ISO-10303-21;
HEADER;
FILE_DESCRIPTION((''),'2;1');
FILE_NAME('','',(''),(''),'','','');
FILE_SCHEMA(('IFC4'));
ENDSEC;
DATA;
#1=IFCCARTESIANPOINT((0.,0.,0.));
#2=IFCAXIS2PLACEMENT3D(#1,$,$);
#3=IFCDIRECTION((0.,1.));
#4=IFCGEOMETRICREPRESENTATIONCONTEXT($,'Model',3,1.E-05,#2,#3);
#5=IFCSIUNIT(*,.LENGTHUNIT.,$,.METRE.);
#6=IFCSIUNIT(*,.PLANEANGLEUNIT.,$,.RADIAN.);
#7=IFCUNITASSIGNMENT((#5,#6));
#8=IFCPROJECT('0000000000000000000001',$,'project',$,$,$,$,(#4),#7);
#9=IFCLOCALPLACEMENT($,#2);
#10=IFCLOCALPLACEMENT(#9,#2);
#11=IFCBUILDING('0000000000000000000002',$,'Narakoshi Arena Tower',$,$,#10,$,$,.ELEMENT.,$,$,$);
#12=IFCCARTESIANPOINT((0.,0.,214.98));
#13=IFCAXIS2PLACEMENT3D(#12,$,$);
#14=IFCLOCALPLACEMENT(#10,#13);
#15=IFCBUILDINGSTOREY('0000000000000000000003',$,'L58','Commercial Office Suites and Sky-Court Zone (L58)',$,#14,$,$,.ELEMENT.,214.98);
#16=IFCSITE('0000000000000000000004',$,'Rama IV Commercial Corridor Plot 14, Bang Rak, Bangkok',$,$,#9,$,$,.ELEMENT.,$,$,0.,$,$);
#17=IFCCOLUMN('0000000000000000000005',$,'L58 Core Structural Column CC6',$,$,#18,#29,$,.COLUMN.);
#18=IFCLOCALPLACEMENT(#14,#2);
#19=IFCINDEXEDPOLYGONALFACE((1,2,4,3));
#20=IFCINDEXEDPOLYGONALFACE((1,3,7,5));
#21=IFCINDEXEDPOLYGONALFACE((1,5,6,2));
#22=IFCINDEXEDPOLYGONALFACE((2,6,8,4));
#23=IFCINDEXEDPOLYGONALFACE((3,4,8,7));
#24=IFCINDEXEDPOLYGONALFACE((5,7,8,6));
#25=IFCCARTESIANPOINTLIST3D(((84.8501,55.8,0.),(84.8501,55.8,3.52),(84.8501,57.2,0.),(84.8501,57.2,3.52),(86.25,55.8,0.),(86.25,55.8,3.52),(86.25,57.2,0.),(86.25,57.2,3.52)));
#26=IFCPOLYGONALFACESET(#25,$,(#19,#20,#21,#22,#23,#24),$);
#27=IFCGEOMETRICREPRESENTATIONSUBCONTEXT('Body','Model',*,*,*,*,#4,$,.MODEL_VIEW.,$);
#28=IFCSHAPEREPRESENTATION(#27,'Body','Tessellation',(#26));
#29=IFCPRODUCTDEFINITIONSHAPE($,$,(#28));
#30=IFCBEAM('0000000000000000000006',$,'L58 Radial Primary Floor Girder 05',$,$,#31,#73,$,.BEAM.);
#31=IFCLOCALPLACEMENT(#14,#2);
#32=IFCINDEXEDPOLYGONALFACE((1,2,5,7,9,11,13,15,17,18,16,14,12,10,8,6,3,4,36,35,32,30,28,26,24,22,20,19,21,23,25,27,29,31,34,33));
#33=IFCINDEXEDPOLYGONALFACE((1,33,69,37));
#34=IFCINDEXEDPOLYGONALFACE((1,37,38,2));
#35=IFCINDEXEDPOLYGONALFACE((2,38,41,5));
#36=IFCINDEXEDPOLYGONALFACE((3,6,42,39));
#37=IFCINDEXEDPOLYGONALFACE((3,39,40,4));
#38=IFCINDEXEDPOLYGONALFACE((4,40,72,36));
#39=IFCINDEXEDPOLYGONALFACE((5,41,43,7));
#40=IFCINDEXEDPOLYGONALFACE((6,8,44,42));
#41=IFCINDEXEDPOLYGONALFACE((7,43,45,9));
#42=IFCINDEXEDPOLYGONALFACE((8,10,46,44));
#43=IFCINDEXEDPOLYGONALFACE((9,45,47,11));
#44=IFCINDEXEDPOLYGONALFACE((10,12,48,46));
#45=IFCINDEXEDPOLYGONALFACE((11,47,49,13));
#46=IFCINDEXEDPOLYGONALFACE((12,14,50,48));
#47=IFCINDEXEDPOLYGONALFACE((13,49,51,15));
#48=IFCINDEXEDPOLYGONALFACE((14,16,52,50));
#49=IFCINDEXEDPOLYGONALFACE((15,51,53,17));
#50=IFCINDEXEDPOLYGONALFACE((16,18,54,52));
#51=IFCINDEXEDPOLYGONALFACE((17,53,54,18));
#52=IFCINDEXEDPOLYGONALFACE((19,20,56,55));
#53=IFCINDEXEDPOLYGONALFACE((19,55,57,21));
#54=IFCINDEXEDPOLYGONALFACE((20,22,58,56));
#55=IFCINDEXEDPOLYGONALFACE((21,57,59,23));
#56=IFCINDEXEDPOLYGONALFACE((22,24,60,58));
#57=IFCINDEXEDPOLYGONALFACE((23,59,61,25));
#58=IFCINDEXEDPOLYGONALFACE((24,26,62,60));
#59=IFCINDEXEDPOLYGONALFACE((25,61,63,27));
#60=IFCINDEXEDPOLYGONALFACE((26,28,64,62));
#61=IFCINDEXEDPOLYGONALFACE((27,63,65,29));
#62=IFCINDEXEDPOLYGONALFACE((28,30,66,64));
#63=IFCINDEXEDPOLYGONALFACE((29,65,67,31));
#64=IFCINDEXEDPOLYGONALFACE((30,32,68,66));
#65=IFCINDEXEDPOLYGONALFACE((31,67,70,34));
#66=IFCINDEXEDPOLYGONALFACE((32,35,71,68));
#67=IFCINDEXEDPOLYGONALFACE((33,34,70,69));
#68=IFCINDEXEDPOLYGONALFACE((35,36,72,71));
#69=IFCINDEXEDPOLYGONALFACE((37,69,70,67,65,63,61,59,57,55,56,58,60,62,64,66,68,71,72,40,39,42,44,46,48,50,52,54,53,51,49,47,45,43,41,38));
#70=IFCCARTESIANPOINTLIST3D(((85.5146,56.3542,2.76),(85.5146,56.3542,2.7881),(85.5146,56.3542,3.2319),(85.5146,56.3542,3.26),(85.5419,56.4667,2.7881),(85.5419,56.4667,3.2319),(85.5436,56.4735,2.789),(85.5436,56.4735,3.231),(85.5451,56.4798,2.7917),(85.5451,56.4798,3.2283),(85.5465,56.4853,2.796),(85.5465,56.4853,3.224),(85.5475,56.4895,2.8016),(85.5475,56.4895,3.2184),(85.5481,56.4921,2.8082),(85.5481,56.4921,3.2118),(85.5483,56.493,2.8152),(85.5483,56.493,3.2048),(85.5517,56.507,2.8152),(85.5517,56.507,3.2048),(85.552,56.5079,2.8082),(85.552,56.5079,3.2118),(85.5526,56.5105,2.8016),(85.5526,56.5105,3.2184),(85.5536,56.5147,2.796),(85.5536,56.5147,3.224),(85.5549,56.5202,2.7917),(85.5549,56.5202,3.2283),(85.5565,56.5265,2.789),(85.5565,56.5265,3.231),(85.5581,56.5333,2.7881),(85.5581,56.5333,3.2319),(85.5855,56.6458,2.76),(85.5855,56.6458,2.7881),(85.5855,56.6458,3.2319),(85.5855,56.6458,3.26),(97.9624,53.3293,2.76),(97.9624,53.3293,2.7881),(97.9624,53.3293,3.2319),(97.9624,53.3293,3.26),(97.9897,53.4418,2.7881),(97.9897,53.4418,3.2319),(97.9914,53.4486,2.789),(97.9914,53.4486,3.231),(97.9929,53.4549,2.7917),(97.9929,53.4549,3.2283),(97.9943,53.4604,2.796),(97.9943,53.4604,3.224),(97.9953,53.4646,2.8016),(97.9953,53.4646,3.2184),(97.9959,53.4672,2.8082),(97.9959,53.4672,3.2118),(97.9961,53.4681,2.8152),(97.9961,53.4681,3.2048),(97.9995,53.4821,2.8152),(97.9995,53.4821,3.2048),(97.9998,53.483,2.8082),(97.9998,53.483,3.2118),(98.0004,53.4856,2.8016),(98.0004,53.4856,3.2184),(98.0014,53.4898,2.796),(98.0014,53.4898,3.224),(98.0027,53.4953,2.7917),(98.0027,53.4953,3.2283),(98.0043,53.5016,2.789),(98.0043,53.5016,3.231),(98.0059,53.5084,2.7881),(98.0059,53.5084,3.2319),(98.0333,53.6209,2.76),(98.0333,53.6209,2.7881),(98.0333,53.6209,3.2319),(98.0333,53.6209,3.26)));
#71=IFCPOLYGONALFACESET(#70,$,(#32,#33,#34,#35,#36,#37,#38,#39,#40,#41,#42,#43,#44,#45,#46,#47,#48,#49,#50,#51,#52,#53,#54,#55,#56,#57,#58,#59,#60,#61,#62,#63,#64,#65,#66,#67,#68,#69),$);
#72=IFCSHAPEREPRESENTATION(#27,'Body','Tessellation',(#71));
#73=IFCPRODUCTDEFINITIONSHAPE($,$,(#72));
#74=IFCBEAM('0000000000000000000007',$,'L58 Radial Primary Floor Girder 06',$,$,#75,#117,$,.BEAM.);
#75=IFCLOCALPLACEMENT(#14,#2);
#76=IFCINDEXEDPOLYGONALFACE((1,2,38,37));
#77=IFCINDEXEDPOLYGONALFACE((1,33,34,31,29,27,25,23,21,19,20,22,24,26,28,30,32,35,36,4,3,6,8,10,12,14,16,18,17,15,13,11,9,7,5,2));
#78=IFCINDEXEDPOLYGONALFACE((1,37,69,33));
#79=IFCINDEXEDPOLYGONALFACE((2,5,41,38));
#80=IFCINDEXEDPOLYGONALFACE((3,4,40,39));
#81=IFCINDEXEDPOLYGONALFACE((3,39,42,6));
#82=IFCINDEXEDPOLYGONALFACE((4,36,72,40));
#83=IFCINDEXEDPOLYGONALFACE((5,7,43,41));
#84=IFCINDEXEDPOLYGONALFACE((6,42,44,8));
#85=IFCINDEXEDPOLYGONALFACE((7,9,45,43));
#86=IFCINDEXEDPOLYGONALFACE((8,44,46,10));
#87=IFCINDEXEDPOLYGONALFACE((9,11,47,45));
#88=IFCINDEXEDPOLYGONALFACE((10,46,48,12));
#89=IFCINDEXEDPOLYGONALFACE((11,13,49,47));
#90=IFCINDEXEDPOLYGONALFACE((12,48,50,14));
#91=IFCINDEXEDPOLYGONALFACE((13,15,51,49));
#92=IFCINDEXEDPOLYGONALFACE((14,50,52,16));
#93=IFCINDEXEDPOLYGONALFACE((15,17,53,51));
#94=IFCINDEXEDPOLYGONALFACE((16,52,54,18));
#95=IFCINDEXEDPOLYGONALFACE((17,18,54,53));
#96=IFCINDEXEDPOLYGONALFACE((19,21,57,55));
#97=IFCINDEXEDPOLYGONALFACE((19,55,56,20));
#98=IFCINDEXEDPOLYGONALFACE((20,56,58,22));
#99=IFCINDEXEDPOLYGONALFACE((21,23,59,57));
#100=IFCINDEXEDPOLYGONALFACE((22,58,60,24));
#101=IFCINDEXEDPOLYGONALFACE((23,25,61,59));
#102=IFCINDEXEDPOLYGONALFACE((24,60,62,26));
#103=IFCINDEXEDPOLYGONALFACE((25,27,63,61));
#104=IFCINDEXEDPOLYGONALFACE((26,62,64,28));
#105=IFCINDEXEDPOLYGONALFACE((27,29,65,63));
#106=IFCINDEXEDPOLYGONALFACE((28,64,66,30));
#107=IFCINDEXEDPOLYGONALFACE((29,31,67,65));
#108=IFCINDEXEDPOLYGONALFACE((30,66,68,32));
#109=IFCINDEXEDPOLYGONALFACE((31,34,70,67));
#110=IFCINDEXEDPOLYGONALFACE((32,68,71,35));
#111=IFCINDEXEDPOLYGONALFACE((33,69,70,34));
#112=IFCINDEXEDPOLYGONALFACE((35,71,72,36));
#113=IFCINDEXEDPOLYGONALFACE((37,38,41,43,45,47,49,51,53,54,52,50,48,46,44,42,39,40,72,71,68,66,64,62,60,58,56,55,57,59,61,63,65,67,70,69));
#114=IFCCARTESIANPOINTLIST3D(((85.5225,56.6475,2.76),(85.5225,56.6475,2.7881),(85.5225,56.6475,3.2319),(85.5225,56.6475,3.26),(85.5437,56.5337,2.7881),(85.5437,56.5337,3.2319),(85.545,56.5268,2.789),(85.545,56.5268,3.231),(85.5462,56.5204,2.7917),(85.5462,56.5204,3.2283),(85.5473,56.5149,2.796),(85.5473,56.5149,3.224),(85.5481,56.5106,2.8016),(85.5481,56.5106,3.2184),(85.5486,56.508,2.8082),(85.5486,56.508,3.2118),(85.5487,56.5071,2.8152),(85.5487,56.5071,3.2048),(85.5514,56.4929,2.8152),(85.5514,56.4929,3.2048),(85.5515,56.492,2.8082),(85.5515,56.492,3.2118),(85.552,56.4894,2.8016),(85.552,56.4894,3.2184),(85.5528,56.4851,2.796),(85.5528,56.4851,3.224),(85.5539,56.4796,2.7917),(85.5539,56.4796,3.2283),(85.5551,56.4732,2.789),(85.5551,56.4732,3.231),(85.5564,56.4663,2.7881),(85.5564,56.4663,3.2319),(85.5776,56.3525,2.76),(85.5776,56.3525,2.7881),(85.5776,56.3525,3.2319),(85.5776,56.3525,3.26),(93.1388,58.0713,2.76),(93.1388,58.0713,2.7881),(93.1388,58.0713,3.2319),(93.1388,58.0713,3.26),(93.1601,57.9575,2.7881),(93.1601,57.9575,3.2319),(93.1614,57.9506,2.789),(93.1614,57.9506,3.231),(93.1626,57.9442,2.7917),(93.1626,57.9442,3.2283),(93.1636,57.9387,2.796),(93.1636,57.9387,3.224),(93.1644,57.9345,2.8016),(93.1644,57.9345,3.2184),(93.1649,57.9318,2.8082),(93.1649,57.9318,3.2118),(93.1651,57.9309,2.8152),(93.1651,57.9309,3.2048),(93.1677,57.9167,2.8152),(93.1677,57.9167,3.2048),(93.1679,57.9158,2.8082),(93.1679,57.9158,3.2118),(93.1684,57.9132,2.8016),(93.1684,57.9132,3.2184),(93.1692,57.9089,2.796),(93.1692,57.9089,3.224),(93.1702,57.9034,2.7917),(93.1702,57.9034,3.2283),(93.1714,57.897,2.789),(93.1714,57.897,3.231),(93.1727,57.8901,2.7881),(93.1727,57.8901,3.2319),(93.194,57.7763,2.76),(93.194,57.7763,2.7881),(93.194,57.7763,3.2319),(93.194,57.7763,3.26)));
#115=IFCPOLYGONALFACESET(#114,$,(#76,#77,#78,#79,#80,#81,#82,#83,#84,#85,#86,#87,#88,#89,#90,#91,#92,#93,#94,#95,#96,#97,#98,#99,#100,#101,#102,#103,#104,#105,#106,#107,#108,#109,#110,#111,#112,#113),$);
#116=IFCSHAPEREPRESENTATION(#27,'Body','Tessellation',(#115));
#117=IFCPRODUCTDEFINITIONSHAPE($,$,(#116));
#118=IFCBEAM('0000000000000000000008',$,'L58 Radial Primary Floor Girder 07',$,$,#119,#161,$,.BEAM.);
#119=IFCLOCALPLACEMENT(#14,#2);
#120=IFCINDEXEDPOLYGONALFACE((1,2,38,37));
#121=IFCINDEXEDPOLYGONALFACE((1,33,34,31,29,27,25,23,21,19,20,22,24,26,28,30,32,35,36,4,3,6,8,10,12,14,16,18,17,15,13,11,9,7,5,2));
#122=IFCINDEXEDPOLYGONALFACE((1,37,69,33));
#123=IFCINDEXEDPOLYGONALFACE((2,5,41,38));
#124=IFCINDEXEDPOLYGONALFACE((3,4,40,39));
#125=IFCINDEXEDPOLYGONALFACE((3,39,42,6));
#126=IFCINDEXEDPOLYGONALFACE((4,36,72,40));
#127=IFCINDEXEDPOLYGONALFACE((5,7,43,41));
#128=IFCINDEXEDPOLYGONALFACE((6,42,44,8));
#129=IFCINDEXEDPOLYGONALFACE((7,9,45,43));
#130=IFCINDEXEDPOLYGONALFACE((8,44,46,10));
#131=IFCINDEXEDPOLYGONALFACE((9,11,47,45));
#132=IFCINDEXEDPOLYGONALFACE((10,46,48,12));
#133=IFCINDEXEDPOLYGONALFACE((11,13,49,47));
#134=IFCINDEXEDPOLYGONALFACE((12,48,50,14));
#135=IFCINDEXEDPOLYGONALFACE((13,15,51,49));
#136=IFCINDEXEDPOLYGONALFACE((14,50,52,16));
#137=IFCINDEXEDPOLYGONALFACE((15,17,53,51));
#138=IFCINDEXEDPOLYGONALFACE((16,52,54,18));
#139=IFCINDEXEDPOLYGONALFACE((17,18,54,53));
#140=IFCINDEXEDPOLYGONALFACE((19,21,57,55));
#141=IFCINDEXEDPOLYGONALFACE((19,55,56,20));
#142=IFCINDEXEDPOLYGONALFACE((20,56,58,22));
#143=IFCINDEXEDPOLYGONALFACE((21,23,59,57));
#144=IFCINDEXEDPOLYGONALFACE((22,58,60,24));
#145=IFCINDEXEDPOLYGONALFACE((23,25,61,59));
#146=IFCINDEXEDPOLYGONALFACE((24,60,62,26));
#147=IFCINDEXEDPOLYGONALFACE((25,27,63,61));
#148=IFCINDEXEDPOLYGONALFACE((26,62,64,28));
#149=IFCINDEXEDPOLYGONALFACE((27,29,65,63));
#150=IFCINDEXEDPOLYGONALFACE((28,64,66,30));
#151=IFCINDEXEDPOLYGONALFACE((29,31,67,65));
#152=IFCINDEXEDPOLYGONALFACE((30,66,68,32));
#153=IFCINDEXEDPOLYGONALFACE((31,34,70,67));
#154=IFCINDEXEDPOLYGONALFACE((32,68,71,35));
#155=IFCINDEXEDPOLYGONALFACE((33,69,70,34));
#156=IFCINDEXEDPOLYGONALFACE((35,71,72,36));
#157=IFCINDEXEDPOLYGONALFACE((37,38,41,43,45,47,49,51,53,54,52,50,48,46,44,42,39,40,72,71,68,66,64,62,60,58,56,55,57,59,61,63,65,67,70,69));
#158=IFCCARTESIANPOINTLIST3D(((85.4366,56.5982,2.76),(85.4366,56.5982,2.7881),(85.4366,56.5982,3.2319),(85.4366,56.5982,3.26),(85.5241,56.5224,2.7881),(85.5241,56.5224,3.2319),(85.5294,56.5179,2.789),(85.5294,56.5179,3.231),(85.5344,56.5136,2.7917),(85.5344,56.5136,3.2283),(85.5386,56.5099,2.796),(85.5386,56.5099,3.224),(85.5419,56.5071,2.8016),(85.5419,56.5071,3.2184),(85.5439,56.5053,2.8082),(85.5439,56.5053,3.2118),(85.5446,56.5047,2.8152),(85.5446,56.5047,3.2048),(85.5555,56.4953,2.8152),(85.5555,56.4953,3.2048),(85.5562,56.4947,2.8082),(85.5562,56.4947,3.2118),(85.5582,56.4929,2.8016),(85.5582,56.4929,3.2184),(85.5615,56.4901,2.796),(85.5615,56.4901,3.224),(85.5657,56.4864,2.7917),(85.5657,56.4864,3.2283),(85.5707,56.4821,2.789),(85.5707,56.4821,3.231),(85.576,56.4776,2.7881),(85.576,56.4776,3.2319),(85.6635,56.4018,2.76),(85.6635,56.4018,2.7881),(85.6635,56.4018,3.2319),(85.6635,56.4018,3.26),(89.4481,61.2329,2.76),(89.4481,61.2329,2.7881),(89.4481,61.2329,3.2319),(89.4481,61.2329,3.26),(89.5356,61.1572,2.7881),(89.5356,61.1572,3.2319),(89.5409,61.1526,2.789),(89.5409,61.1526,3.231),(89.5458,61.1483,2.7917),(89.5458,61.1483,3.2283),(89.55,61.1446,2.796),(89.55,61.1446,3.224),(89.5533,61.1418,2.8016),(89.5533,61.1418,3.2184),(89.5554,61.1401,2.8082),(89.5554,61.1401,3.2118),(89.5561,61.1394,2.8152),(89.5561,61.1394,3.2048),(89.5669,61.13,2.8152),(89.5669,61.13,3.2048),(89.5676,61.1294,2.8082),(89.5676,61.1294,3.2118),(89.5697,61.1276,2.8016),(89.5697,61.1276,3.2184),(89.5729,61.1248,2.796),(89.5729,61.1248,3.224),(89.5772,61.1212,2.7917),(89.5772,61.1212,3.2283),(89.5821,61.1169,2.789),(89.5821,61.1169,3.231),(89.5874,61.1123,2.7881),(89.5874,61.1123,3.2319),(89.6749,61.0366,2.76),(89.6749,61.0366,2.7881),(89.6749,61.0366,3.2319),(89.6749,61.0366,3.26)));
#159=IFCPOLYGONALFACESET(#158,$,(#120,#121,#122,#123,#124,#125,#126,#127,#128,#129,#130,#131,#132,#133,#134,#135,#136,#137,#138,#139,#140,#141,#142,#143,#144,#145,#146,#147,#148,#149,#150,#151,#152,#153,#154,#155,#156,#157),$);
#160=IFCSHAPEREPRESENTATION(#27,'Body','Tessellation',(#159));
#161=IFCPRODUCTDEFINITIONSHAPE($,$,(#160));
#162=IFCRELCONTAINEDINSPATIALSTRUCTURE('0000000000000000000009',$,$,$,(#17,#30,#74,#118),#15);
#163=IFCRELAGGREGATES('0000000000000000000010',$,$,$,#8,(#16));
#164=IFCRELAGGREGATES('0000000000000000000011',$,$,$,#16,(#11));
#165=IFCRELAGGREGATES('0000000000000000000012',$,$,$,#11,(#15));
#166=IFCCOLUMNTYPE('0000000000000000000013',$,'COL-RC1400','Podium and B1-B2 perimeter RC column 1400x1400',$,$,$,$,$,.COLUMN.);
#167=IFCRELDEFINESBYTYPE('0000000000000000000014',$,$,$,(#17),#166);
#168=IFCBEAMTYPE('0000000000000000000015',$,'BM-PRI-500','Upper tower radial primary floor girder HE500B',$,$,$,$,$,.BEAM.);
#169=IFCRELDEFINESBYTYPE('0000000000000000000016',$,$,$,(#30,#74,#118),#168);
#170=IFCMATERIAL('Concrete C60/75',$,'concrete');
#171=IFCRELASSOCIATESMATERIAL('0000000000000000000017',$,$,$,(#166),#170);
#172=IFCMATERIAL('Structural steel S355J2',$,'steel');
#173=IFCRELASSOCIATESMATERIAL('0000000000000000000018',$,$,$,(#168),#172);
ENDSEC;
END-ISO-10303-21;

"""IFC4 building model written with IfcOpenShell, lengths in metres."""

from ifc_helpers import new_model, si_unit, direction, frame, origin, origin_2d, place, context, subcontext, project, spatial, rectangle, i_section, extrude, material, material_profile, profile_set, type_object, element, save


model = new_model("IFC4")

# Units and contexts
model_context = context("Model", 3, precision=1e-05, world=origin(), true_north=direction((0.0, 1.0)))
body_context = subcontext(model_context, "Body", "Model", "MODEL_VIEW")
ifc_project = project(units=[si_unit("LENGTHUNIT", "METRE"), si_unit("PLANEANGLEUNIT", "RADIAN")], contexts=[model_context])

# Site, building, storey
site_placement = place(None, origin())
site = spatial("IfcSite", under=ifc_project, at=site_placement, Name="Rama IV Commercial Corridor Plot 14, Bang Rak, Bangkok", CompositionType="ELEMENT", RefElevation=0.0)
building_placement = place(site_placement, origin())
building = spatial("IfcBuilding", under=site, at=building_placement, Name="Narakoshi Arena Tower", CompositionType="ELEMENT")
storey_placement = place(building_placement, frame((0.0, 0.0, 214.98)))
storey = spatial("IfcBuildingStorey", under=building, at=storey_placement, Name="L58", Description="Commercial Office Suites and Sky-Court Zone (L58)", CompositionType="ELEMENT", Elevation=214.98)

# Column
ifc_material_1 = material(Name="Concrete C60/75", Category="concrete")
ifc_material_profile_1 = material_profile(ifc_material_1, rectangle(XDim=1.3999, YDim=1.3999, at=origin_2d()), Name="RC1400x1400")
ifc_profile_set_1 = profile_set([ifc_material_profile_1], Name="Concrete C60/75")
column_type = type_object("IfcColumnType", Name="COL-RC1400", Description="Podium and B1-B2 perimeter RC column 1400x1400", PredefinedType="COLUMN", material=ifc_profile_set_1)
column_placement = place(storey_placement, frame((85.55, 56.5, 0.0), z_axis=(0.0, 0.0, 1.0), x_axis=(1.0, 0.0, 0.0)))
element("IfcColumn", 1, at=column_placement, inside=storey, type_object=column_type, Name="L58 Core Structural Column CC6", PredefinedType="COLUMN", context=body_context, shape_type="SweptSolid", body=[
    extrude(rectangle(XDim=1.3999, YDim=1.3999, at=origin_2d()), origin(), (0.0, 0.0, 1.0), 3.52),
])

# Beams
ifc_material_2 = material(Name="Structural steel S355J2", Category="steel")
ifc_material_profile_2 = material_profile(ifc_material_2, i_section(OverallWidth=0.3, OverallDepth=0.5, WebThickness=0.0144, FlangeThickness=0.0281, FilletRadius=0.0271, at=origin_2d()), Name="HE500B")
ifc_profile_set_2 = profile_set([ifc_material_profile_2], Name="Structural steel S355J2")
beam_type = type_object("IfcBeamType", Name="BM-PRI-500", Description="Upper tower radial primary floor girder HE500B", PredefinedType="BEAM", material=ifc_profile_set_2)
beam_1_placement = place(storey_placement, frame((85.55, 56.5, 3.01), z_axis=(0.97172, -0.236136, 0.0), x_axis=(0.236136, 0.97172, 0.0)))
element("IfcBeam", 2, at=beam_1_placement, inside=storey, type_object=beam_type, Name="L58 Radial Primary Floor Girder 05", PredefinedType="BEAM", context=body_context, shape_type="SweptSolid", body=[
    extrude(i_section(OverallWidth=0.3, OverallDepth=0.5, WebThickness=0.0144, FlangeThickness=0.0281, FilletRadius=0.0271, at=origin_2d()), origin(), (0.0, 0.0, 1.0), 12.8101),
])
beam_2_placement = place(storey_placement, frame((85.55, 56.5, 3.01), z_axis=(0.982972, 0.183758, 0.0), x_axis=(-0.183758, 0.982972, 0.0)))
element("IfcBeam", 3, at=beam_2_placement, inside=storey, type_object=beam_type, Name="L58 Radial Primary Floor Girder 06", PredefinedType="BEAM", context=body_context, shape_type="SweptSolid", body=[
    extrude(i_section(OverallWidth=0.3, OverallDepth=0.5, WebThickness=0.0144, FlangeThickness=0.0281, FilletRadius=0.0271, at=origin_2d()), origin(), (0.0, 0.0, 1.0), 7.7483),
])
beam_3_placement = place(storey_placement, frame((85.55, 56.5, 3.01), z_axis=(0.654435, 0.756119, 0.0), x_axis=(-0.756119, 0.654435, 0.0)))
element("IfcBeam", 4, at=beam_3_placement, inside=storey, type_object=beam_type, Name="L58 Radial Primary Floor Girder 07", PredefinedType="BEAM", context=body_context, shape_type="SweptSolid", body=[
    extrude(i_section(OverallWidth=0.3, OverallDepth=0.5, WebThickness=0.0144, FlangeThickness=0.0281, FilletRadius=0.0271, at=origin_2d()), origin(), (0.0, 0.0, 1.0), 6.1296),
])

save(model, "model.ifc")
